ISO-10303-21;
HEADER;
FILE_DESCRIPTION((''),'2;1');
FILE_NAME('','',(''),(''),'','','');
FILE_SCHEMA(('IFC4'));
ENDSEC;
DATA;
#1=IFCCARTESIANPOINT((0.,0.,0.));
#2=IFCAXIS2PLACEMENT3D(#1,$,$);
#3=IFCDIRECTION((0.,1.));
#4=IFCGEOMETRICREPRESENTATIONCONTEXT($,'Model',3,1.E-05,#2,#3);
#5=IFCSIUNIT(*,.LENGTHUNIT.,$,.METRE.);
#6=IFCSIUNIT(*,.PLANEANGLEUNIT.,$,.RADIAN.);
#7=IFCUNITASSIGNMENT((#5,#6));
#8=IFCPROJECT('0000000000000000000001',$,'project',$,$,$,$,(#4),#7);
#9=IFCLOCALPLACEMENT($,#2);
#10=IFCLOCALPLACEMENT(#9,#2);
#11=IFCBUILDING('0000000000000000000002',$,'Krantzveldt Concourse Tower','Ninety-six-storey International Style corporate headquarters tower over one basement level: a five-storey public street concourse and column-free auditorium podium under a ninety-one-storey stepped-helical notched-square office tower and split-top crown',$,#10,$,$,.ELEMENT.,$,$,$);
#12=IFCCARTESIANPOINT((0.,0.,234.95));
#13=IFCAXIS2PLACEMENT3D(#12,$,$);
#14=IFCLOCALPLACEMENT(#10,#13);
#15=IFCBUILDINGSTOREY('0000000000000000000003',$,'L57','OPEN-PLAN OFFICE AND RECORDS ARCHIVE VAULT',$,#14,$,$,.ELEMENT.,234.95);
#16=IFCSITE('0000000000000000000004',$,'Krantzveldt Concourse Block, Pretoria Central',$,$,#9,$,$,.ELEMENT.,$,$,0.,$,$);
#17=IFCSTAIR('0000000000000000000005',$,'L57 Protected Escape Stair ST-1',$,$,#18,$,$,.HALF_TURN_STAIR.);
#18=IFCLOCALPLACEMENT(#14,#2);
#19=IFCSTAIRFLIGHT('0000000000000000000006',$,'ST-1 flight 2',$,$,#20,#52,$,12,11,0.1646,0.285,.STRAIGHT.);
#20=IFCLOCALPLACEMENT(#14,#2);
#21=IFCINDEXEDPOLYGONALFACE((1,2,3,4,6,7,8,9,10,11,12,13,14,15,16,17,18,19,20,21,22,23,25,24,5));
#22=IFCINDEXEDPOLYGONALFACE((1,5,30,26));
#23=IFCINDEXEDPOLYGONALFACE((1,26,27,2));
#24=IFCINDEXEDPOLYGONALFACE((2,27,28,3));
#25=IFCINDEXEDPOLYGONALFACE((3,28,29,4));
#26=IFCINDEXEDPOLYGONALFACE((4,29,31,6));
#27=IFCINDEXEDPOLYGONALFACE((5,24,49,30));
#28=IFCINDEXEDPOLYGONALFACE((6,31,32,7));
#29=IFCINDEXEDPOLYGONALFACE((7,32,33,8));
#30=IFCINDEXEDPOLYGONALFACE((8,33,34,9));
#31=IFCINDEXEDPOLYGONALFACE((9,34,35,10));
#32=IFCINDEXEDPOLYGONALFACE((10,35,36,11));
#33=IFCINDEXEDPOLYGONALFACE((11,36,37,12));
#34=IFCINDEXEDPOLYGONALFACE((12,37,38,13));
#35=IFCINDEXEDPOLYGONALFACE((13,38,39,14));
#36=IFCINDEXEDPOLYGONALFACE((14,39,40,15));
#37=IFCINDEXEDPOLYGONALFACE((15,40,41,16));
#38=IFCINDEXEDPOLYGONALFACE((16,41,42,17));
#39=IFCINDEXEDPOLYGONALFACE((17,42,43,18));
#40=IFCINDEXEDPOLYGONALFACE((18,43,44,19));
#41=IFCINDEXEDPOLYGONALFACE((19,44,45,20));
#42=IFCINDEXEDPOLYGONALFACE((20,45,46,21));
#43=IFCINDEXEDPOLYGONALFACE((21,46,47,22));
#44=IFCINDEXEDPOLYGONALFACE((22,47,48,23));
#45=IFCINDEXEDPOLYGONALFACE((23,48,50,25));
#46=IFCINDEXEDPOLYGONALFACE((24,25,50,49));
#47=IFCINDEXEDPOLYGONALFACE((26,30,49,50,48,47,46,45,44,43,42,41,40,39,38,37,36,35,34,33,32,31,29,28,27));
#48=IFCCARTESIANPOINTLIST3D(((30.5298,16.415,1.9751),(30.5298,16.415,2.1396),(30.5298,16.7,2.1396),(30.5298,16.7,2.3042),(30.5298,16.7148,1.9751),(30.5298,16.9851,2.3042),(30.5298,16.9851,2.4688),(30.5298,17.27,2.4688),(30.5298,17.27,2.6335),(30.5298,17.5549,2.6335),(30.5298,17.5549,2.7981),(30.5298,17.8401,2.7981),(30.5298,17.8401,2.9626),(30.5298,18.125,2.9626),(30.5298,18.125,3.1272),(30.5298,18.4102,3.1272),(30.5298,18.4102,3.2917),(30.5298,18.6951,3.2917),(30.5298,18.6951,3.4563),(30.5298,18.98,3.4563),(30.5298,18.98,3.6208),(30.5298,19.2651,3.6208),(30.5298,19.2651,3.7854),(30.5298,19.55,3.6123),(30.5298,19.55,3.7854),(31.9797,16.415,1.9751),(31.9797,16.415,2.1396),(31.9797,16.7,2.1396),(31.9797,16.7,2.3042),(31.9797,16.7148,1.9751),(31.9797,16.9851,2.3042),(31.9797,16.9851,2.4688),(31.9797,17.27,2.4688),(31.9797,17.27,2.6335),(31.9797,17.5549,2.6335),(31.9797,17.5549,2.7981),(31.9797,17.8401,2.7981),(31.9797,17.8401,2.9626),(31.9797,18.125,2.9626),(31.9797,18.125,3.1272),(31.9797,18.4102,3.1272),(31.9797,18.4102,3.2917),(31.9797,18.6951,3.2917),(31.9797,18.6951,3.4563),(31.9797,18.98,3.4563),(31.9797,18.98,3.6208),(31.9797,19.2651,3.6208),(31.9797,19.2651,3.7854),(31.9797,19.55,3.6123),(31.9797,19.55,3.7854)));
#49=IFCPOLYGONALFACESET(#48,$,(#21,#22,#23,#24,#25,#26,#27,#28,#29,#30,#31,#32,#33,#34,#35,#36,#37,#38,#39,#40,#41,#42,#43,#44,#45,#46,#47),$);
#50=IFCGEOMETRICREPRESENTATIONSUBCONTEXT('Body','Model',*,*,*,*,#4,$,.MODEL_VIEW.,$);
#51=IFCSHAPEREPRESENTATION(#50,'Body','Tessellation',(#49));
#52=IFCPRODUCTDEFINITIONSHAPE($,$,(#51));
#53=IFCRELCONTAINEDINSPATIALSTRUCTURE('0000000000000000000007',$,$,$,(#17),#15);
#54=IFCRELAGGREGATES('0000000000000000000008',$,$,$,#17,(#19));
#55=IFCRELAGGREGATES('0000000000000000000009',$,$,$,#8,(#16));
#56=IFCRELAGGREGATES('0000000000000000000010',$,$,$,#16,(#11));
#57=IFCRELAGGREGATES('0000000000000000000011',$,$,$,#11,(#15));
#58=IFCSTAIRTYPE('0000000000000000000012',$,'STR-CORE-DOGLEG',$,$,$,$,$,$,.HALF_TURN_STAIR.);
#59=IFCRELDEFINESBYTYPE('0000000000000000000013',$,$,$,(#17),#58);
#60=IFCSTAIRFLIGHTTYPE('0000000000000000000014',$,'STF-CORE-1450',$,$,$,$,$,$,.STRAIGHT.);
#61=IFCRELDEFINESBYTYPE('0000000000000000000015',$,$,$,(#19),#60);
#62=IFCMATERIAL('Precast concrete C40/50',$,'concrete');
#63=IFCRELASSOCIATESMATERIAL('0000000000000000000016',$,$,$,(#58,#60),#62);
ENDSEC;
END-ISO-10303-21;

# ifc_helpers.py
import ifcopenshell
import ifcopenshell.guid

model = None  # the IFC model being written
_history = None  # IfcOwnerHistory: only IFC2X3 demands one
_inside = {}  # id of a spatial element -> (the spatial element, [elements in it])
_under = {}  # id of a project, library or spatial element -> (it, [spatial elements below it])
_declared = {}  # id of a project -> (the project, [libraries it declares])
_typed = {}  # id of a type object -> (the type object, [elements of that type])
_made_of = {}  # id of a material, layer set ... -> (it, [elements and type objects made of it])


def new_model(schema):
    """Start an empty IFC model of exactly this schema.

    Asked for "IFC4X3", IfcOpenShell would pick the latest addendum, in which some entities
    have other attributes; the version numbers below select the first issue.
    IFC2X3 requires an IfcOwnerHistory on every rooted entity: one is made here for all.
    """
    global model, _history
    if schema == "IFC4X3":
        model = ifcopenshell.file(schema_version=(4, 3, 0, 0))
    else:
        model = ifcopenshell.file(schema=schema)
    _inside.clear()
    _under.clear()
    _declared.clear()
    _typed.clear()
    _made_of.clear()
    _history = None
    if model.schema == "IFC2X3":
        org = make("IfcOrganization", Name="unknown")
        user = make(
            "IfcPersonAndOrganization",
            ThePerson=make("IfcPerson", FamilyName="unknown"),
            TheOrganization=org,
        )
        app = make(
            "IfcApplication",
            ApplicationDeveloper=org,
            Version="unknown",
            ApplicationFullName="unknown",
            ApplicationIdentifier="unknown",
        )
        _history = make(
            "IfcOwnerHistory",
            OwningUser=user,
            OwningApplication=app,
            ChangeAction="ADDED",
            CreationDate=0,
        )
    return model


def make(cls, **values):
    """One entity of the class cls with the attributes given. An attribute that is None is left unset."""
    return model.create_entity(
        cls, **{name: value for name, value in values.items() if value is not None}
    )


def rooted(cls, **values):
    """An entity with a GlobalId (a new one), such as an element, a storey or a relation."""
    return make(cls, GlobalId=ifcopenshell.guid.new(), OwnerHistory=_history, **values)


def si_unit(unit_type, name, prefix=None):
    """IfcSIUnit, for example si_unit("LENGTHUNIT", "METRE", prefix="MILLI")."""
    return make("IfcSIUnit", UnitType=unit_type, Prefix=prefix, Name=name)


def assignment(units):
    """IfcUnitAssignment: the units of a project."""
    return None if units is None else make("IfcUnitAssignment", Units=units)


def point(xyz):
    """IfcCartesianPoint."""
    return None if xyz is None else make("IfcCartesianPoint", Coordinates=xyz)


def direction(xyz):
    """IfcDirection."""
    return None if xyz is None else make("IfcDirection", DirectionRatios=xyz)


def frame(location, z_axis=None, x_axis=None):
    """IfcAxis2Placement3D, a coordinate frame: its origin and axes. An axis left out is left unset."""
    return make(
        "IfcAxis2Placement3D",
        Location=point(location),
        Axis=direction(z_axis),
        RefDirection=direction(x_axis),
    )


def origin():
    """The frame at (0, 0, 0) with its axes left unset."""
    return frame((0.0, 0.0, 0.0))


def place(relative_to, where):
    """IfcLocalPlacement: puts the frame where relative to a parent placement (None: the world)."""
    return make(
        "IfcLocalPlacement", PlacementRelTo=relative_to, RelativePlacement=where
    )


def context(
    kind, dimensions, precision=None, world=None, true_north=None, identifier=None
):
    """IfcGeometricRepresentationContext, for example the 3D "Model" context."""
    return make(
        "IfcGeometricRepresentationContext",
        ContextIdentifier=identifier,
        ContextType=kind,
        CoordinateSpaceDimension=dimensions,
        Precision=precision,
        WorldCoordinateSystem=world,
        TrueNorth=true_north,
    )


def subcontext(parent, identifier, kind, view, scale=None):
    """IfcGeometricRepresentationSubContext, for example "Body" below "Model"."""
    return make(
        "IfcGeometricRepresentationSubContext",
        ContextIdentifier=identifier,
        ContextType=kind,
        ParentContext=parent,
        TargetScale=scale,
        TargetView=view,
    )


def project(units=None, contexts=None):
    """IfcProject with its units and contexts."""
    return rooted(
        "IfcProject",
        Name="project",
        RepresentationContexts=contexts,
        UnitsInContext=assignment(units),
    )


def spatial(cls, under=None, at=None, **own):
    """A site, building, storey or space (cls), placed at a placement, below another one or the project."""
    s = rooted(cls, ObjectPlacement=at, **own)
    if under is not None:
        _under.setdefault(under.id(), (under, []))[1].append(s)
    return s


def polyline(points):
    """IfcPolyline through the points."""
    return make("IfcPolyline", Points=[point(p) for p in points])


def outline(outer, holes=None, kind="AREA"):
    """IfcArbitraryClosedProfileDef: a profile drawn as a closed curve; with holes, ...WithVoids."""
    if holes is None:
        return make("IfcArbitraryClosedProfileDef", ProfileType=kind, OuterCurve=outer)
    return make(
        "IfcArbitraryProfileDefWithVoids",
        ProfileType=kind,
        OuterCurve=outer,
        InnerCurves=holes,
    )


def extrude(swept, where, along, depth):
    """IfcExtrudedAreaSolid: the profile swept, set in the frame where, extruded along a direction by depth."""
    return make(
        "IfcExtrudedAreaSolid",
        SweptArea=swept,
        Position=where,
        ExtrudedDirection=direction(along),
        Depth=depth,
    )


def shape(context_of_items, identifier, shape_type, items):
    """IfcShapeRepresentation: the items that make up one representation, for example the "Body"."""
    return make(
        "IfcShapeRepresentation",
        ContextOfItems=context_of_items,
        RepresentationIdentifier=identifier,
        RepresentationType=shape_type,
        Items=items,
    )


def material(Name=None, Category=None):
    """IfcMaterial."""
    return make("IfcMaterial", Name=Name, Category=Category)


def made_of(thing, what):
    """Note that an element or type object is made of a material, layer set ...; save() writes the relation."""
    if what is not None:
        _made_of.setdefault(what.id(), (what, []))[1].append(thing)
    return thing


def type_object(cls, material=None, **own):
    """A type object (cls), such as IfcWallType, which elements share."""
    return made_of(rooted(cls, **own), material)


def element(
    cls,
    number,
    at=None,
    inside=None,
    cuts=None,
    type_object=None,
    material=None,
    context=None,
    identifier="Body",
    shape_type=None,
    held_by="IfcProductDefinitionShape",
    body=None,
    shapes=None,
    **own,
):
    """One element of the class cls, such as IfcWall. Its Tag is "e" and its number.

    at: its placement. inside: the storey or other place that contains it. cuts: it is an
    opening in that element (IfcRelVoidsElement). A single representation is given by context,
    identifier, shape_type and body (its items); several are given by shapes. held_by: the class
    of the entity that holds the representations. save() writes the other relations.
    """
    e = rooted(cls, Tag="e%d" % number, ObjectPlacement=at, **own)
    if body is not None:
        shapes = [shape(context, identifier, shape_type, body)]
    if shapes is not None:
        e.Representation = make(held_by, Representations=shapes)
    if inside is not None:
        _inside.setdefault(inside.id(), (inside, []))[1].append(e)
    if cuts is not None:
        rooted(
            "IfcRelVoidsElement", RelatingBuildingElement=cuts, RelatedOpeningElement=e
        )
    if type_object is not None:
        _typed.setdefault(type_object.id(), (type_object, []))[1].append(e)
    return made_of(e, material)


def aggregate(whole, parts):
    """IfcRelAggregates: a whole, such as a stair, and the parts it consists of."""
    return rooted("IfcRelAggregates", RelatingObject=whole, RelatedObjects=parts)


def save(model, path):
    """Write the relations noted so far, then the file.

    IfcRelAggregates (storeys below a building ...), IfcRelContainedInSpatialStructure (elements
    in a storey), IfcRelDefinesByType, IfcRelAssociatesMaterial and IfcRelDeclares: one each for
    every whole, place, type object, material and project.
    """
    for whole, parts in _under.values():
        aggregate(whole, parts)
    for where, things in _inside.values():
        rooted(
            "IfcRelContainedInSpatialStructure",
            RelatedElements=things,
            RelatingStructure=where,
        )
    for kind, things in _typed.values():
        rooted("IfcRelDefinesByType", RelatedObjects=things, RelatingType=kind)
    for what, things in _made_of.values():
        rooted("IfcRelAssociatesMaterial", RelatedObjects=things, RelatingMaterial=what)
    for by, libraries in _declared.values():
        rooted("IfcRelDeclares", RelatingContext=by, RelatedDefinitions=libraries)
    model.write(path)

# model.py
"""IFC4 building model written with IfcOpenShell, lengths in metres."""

from ifc_helpers import new_model, si_unit, direction, frame, origin, place, context, subcontext, project, spatial, polyline, outline, extrude, material, type_object, element, aggregate, save


model = new_model("IFC4")

# Units and contexts
model_context = context("Model", 3, precision=1e-05, world=origin(), true_north=direction((0.0, 1.0)))
body_context = subcontext(model_context, "Body", "Model", "MODEL_VIEW")
ifc_project = project(units=[si_unit("LENGTHUNIT", "METRE"), si_unit("PLANEANGLEUNIT", "RADIAN")], contexts=[model_context])

# Site, building, storey
site_placement = place(None, origin())
site = spatial("IfcSite", under=ifc_project, at=site_placement, Name="Krantzveldt Concourse Block, Pretoria Central", CompositionType="ELEMENT", RefElevation=0.0)
building_placement = place(site_placement, origin())
building = spatial("IfcBuilding", under=site, at=building_placement, Name="Krantzveldt Concourse Tower", Description="Ninety-six-storey International Style corporate headquarters tower over one basement level: a five-storey public street concourse and column-free auditorium podium under a ninety-one-storey stepped-helical notched-square office tower and split-top crown", CompositionType="ELEMENT")
storey_placement = place(building_placement, frame((0.0, 0.0, 234.95)))
storey = spatial("IfcBuildingStorey", under=building, at=storey_placement, Name="L57", Description="OPEN-PLAN OFFICE AND RECORDS ARCHIVE VAULT", CompositionType="ELEMENT", Elevation=234.95)

# Stair, stair flight
ifc_material_1 = material(Name="Precast concrete C40/50", Category="concrete")
stair_type = type_object("IfcStairType", Name="STR-CORE-DOGLEG", PredefinedType="HALF_TURN_STAIR", material=ifc_material_1)
stair_placement = place(storey_placement, origin())
stair = element("IfcStair", 1, at=stair_placement, inside=storey, type_object=stair_type, Name="L57 Protected Escape Stair ST-1", PredefinedType="HALF_TURN_STAIR")
stair_flight_type = type_object("IfcStairFlightType", Name="STF-CORE-1450", PredefinedType="STRAIGHT", material=ifc_material_1)
stair_flight_1_placement = place(storey_placement, frame((31.2549, 16.415, 1.9751), z_axis=(0.0, 0.0, 1.0), x_axis=(0.0, 1.0, 0.0)))
stair_flight_1 = element("IfcStairFlight", 2, at=stair_flight_1_placement, type_object=stair_flight_type, Name="ST-1 flight 2", NumberOfRisers=12, NumberOfTreads=11, PredefinedType="STRAIGHT", RiserHeight=0.1646, TreadLength=0.285, context=body_context, shape_type="SweptSolid", body=[
    extrude(outline(polyline([(0.0, 0.0), (0.0, 0.1646), (0.2849, 0.1646), (0.2849, 0.3291), (0.5701, 0.3291), (0.5701, 0.4937), (0.855, 0.4937), (0.855, 0.6584), (1.1399, 0.6584), (1.1399, 0.823), (1.425, 0.823), (1.425, 0.9875), (1.71, 0.9875), (1.71, 1.1521), (1.9951, 1.1521), (1.9951, 1.3167), (2.28, 1.3167), (2.28, 1.4812), (2.5649, 1.4812), (2.5649, 1.6458), (2.8501, 1.6458), (2.8501, 1.8103), (3.135, 1.8103), (3.135, 1.9751), (3.135, 1.6372), (0.2998, 0.0), (0.0, 0.0)])), frame((0.0, 0.7251, 0.0), z_axis=(0.0, -1.0, 0.0), x_axis=(1.0, 0.0, 0.0)), (0.0, 0.0, 1.0), 1.45),
])
aggregate(stair, [stair_flight_1])

save(model, "model.ifc")
